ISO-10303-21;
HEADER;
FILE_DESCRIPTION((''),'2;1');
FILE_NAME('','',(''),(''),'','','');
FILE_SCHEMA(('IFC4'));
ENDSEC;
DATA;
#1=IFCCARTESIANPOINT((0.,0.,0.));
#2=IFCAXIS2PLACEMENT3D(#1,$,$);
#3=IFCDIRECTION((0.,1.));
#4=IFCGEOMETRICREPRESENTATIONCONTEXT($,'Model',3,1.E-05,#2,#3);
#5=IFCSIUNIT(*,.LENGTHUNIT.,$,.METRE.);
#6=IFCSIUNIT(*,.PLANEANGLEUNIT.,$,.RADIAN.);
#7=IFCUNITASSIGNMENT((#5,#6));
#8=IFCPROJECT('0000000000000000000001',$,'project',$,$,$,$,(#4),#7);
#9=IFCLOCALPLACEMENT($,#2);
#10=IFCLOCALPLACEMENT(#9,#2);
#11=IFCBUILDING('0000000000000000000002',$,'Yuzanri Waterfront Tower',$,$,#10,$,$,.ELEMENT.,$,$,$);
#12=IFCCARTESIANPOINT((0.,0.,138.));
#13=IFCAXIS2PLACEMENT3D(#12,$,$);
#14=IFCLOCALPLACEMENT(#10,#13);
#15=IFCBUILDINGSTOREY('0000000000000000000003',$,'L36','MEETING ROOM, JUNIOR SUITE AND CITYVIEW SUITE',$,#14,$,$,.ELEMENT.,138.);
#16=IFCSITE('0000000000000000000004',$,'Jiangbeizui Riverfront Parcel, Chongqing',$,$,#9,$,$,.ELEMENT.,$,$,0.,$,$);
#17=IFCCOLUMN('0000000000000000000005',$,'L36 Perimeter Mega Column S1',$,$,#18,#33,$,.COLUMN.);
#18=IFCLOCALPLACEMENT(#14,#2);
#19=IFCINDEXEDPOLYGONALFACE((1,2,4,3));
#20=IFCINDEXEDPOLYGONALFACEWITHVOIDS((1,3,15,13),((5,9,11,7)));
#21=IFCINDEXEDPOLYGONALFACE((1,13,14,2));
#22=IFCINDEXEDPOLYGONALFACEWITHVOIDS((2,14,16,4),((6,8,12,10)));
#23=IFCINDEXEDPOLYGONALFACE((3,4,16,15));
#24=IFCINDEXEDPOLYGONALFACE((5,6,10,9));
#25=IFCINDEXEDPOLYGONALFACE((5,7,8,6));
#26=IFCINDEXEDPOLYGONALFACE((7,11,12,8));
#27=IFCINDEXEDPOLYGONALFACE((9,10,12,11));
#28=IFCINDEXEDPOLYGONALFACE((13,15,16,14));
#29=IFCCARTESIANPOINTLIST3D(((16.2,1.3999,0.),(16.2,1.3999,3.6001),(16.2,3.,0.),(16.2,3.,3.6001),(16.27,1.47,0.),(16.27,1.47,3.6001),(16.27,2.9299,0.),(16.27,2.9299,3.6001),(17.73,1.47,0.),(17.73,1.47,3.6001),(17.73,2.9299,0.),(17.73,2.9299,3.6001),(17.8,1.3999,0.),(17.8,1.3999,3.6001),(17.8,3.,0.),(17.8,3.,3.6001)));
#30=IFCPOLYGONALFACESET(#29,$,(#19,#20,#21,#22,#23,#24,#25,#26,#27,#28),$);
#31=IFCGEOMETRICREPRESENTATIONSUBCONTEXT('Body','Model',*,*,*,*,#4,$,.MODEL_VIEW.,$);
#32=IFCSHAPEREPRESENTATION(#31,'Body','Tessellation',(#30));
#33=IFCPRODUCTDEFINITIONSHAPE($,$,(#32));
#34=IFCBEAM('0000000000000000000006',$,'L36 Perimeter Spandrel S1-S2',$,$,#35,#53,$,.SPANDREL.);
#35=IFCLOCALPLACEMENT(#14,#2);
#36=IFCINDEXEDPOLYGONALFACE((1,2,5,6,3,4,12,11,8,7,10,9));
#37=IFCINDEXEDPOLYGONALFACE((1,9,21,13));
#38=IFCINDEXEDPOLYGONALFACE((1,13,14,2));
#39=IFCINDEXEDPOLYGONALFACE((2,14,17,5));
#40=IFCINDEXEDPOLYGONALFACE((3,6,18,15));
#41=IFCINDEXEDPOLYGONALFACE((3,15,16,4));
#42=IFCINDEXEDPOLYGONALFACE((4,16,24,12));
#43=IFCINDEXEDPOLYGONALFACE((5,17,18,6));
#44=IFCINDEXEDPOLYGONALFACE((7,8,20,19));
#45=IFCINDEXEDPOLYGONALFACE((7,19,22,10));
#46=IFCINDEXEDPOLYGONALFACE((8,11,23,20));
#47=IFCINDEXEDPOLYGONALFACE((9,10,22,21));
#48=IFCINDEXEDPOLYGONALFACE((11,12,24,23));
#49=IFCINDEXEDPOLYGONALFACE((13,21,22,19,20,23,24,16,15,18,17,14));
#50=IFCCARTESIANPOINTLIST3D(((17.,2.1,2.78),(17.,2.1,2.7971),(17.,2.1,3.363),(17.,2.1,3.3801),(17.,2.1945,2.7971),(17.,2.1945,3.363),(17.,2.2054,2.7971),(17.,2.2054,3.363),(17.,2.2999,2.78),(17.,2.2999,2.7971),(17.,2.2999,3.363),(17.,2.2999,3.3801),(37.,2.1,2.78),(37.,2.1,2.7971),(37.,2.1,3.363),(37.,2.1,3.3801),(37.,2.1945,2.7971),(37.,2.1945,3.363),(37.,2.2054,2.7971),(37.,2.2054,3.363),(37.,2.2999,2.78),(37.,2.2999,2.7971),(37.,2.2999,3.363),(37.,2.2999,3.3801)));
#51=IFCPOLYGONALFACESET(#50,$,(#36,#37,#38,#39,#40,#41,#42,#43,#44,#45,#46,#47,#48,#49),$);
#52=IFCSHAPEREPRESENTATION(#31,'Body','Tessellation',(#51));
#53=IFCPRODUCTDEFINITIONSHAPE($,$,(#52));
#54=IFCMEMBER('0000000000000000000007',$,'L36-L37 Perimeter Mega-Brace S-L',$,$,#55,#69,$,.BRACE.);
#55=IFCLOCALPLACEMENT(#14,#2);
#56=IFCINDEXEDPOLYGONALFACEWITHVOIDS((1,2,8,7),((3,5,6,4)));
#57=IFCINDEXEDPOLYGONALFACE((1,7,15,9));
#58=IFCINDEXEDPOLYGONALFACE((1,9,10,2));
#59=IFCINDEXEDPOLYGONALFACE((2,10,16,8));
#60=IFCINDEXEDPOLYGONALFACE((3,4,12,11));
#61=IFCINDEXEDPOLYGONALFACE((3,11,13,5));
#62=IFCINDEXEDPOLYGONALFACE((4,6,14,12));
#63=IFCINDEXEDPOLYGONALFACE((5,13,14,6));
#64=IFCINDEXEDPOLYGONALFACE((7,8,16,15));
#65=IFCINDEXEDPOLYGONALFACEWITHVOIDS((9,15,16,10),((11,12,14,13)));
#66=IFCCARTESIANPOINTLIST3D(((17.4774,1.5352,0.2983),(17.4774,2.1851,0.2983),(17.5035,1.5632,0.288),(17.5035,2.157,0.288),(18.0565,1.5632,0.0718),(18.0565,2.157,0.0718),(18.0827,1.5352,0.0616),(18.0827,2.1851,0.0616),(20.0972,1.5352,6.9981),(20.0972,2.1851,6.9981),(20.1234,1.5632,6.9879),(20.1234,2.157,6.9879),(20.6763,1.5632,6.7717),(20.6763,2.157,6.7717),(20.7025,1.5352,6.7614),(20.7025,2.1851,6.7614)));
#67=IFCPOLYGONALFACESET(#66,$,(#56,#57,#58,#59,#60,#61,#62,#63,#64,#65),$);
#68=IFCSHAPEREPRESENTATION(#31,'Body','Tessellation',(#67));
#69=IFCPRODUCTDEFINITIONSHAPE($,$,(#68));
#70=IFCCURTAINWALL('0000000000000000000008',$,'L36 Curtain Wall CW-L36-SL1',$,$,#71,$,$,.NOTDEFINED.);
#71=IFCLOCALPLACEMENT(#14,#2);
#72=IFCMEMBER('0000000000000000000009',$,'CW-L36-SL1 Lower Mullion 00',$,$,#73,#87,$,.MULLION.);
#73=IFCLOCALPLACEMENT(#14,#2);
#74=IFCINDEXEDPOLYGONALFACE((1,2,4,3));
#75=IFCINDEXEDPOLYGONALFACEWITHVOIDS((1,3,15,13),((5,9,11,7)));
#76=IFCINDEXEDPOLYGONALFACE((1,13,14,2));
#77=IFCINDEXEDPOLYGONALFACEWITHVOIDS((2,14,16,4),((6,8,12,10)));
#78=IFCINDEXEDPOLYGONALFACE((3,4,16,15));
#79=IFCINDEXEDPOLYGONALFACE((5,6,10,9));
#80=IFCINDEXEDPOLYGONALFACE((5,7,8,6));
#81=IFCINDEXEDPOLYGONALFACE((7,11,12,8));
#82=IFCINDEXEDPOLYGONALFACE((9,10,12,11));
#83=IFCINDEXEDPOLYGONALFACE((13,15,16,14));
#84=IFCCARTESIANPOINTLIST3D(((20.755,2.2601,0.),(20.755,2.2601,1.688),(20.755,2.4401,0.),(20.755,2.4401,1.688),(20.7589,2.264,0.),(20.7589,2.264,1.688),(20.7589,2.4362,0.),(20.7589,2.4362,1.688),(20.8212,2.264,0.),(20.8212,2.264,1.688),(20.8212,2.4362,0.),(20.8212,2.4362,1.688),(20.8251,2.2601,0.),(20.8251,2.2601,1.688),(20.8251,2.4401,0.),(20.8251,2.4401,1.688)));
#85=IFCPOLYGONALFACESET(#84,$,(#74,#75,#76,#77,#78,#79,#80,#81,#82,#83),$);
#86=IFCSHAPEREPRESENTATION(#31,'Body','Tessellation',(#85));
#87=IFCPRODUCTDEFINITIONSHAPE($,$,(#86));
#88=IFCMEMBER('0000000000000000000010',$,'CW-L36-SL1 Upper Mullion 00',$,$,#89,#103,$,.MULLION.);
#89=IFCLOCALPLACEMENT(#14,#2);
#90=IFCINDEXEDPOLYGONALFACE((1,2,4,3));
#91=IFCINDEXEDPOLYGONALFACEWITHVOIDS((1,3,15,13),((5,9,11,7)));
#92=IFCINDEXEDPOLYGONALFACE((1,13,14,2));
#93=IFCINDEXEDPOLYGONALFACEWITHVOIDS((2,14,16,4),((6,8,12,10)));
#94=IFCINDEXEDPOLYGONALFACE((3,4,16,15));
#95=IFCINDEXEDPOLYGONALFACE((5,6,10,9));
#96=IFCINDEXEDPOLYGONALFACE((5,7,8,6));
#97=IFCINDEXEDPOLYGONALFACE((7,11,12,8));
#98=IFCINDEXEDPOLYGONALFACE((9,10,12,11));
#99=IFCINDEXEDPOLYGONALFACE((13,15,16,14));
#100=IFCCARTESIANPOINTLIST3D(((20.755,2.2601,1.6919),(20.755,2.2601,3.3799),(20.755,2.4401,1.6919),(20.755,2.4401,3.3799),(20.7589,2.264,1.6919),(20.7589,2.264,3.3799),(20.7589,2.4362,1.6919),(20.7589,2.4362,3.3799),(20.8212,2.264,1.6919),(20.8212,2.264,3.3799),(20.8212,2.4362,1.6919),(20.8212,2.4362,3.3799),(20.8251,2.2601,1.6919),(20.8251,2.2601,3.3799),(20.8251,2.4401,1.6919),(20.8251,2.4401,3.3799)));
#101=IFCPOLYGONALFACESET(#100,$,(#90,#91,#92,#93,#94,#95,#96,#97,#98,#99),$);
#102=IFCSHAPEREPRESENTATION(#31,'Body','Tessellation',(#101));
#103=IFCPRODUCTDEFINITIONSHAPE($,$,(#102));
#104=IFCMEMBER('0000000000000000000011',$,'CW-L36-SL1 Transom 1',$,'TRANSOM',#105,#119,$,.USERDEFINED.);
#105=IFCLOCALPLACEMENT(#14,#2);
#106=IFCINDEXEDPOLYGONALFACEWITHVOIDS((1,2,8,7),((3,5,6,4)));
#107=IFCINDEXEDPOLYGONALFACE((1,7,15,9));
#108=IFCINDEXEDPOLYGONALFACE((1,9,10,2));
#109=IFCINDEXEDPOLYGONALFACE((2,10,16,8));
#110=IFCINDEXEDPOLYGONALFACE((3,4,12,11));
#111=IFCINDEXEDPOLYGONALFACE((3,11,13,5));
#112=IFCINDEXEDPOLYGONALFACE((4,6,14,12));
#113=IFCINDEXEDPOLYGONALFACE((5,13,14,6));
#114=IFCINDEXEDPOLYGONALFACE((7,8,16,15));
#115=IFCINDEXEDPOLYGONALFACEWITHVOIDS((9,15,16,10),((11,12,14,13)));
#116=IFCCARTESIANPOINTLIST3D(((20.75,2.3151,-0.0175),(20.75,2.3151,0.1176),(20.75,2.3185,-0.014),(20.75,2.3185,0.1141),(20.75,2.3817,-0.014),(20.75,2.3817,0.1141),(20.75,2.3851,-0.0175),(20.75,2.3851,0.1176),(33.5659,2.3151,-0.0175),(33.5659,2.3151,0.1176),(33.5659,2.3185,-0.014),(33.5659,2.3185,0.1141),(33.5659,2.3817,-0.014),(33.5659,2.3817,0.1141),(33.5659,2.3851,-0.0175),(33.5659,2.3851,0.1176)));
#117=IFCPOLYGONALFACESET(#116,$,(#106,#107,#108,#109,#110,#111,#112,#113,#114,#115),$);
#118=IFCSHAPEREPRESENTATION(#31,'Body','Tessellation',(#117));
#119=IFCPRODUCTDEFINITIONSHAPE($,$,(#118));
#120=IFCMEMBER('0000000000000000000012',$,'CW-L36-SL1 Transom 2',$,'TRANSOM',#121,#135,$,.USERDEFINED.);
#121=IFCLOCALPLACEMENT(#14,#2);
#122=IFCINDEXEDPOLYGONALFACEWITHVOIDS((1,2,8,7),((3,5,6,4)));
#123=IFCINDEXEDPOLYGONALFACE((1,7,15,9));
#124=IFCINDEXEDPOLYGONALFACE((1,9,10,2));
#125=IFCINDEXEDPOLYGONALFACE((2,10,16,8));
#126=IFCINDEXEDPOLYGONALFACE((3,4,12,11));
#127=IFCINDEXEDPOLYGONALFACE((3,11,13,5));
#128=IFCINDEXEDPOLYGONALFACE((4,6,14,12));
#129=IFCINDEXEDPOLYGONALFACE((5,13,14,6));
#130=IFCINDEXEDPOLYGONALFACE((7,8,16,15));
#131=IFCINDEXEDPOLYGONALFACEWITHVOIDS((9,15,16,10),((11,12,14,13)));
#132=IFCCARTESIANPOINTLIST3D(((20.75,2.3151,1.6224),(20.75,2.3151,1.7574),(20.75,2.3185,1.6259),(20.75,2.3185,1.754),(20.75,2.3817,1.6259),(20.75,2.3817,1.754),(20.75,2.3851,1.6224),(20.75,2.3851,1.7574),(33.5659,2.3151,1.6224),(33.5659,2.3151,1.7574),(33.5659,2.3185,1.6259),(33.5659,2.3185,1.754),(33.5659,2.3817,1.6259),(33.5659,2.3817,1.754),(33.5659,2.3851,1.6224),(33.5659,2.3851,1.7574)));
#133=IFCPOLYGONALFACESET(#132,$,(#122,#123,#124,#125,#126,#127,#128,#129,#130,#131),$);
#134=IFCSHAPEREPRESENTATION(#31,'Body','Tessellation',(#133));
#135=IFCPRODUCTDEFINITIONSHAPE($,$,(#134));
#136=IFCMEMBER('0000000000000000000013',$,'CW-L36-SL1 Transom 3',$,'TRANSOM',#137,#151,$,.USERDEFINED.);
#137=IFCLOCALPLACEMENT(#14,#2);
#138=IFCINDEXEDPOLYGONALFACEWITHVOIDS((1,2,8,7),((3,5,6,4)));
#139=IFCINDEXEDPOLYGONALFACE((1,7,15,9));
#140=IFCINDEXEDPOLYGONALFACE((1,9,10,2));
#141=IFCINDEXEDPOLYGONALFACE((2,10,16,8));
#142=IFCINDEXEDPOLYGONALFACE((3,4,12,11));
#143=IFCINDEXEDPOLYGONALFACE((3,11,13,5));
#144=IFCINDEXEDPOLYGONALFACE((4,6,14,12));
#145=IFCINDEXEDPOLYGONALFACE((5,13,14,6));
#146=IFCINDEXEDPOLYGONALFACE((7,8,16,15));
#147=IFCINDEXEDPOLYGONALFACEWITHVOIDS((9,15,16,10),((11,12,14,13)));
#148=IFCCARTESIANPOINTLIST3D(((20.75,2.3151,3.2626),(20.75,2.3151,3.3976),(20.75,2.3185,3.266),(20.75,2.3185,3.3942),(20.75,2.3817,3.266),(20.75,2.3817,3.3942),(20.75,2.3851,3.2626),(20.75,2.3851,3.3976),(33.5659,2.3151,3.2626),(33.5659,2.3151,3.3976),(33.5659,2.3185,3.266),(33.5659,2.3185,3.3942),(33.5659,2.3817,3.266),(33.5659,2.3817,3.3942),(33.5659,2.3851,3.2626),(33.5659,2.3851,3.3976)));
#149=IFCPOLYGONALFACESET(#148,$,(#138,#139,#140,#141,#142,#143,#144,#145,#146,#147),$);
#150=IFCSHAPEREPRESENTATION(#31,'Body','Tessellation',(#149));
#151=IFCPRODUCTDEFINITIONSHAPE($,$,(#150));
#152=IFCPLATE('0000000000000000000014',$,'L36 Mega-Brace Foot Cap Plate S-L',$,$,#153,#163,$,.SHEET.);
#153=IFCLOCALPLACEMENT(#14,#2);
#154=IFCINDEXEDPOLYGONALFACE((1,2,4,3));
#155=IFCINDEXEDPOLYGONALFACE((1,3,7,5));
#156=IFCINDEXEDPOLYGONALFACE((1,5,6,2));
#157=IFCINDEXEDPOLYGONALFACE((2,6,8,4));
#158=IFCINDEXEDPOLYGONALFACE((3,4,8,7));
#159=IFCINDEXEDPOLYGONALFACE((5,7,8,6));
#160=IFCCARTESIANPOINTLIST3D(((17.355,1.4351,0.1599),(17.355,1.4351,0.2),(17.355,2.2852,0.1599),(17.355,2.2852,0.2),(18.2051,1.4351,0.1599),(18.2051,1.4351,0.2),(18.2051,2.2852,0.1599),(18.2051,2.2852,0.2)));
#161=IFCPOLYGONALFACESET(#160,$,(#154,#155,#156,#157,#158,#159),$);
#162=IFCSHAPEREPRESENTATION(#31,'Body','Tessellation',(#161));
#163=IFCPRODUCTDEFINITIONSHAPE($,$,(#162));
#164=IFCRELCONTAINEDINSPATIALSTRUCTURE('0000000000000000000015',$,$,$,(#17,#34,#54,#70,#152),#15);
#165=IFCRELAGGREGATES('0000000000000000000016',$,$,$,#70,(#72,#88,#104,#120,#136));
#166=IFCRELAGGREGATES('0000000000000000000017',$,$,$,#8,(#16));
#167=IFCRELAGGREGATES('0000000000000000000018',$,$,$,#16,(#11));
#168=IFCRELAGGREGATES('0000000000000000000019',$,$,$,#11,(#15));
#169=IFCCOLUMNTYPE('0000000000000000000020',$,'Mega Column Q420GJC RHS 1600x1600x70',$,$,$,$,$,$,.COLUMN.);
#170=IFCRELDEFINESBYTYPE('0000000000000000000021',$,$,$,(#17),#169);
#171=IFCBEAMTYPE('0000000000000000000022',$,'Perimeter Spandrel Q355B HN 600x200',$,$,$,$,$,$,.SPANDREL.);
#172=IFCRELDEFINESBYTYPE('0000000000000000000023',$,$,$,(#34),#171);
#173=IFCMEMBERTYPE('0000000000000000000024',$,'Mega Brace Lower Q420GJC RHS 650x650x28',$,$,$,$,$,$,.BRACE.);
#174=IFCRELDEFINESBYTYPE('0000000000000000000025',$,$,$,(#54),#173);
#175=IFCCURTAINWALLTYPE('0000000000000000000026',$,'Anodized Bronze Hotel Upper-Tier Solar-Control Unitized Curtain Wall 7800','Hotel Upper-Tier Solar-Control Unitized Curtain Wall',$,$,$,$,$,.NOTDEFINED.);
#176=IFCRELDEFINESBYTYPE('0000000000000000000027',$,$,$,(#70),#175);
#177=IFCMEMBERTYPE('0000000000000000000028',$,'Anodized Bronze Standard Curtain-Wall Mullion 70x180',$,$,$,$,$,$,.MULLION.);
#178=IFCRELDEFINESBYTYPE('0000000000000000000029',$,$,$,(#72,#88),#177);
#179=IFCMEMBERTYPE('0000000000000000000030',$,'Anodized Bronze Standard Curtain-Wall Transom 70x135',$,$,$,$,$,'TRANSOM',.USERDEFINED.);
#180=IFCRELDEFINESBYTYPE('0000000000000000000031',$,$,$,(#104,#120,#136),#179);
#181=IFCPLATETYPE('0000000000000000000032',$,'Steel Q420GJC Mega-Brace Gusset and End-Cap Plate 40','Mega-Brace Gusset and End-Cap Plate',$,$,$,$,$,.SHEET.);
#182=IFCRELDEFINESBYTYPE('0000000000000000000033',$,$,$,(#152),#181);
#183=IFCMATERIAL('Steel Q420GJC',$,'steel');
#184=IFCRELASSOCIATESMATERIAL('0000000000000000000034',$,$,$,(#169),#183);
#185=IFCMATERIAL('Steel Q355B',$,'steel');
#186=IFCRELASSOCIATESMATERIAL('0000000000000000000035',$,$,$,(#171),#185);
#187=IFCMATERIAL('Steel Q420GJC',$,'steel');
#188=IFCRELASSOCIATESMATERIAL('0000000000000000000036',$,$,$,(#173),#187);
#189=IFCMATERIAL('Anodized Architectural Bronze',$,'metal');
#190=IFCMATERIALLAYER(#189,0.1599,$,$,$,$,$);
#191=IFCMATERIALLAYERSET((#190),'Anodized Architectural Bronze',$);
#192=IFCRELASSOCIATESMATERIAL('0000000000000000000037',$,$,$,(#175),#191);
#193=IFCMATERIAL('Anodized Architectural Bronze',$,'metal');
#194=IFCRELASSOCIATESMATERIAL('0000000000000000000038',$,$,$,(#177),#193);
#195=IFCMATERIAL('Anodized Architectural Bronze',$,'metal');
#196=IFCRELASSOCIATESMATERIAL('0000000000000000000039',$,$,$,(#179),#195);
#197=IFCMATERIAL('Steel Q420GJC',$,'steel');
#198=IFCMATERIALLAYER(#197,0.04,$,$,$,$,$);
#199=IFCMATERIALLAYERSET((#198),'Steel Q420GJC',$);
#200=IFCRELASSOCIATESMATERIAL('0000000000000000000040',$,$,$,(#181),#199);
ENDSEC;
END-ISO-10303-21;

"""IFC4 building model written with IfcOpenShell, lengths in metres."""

from ifc_helpers import new_model, si_unit, direction, frame, origin, origin_2d, place, context, subcontext, project, spatial, rectangle, hollow_rectangle, i_section, extrude, source, transform, mapped, material, layer, layer_set, material_profile, profile_set, type_object, element, aggregate, save


model = new_model("IFC4")

# Units and contexts
model_context = context("Model", 3, precision=1e-05, world=origin(), true_north=direction((0.0, 1.0)))
body_context = subcontext(model_context, "Body", "Model", "MODEL_VIEW")
ifc_project = project(units=[si_unit("LENGTHUNIT", "METRE"), si_unit("PLANEANGLEUNIT", "RADIAN")], contexts=[model_context])

# Site, building, storey
site_placement = place(None, origin())
site = spatial("IfcSite", under=ifc_project, at=site_placement, Name="Jiangbeizui Riverfront Parcel, Chongqing", CompositionType="ELEMENT", RefElevation=0.0)
building_placement = place(site_placement, origin())
building = spatial("IfcBuilding", under=site, at=building_placement, Name="Yuzanri Waterfront Tower", CompositionType="ELEMENT")
storey_placement = place(building_placement, frame((0.0, 0.0, 138.0)))
storey = spatial("IfcBuildingStorey", under=building, at=storey_placement, Name="L36", Description="MEETING ROOM, JUNIOR SUITE AND CITYVIEW SUITE", CompositionType="ELEMENT", Elevation=138.0)

# Column
ifc_material_1 = material(Name="Steel Q420GJC", Category="steel")
ifc_material_profile_1 = material_profile(ifc_material_1, hollow_rectangle(XDim=1.6001, YDim=1.6001, WallThickness=0.0701, at=origin_2d()), Name="RHS 1600x1600x70")
ifc_profile_set_1 = profile_set([ifc_material_profile_1], Name="Steel Q420GJC")
column_type = type_object("IfcColumnType", Name="Mega Column Q420GJC RHS 1600x1600x70", PredefinedType="COLUMN", material=ifc_profile_set_1)
shared_shape_1 = source(origin(), body_context, "Body", "SweptSolid", [
    extrude(hollow_rectangle(XDim=1.6001, YDim=1.6001, WallThickness=0.0701, at=origin_2d()), origin(), (0.0, 0.0, 1.0), 3.6001),
])
column_placement = place(storey_placement, frame((17.0, 2.2, 0.0), z_axis=(0.0, 0.0, 1.0), x_axis=(1.0, 0.0, 0.0)))
element("IfcColumn", 1, at=column_placement, inside=storey, type_object=column_type, Name="L36 Perimeter Mega Column S1", PredefinedType="COLUMN", context=body_context, shape_type="MappedRepresentation", body=[
    mapped(shared_shape_1, transform((0.0, 0.0, 0.0), scale=1.0)),
])

# Beam
ifc_material_2 = material(Name="Steel Q355B", Category="steel")
ifc_material_profile_2 = material_profile(ifc_material_2, i_section(OverallWidth=0.2, OverallDepth=0.6001, WebThickness=0.011, FlangeThickness=0.0171, at=origin_2d()), Name="HN 600x200x11x17")
ifc_profile_set_2 = profile_set([ifc_material_profile_2], Name="Steel Q355B")
beam_type = type_object("IfcBeamType", Name="Perimeter Spandrel Q355B HN 600x200", PredefinedType="SPANDREL", material=ifc_profile_set_2)
shared_shape_2 = source(origin(), body_context, "Body", "SweptSolid", [
    extrude(i_section(OverallWidth=0.2, OverallDepth=0.6001, WebThickness=0.011, FlangeThickness=0.0171, at=origin_2d()), origin(), (0.0, 0.0, 1.0), 20.0),
])
beam_placement = place(storey_placement, frame((17.0, 2.2, 3.0801), z_axis=(1.0, 0.0, 0.0), x_axis=(0.0, 1.0, 0.0)))
element("IfcBeam", 2, at=beam_placement, inside=storey, type_object=beam_type, Name="L36 Perimeter Spandrel S1-S2", PredefinedType="SPANDREL", context=body_context, shape_type="MappedRepresentation", body=[
    mapped(shared_shape_2, transform((0.0, 0.0, 0.0), scale=1.0)),
])

# Member
ifc_material_3 = material(Name="Steel Q420GJC", Category="steel")
ifc_material_profile_3 = material_profile(ifc_material_3, hollow_rectangle(XDim=0.6499, YDim=0.6499, WallThickness=0.0281, at=origin_2d()), Name="RHS 650x650x28")
ifc_profile_set_3 = profile_set([ifc_material_profile_3], Name="Steel Q420GJC")
member_type_1 = type_object("IfcMemberType", Name="Mega Brace Lower Q420GJC RHS 650x650x28", PredefinedType="BRACE", material=ifc_profile_set_3)
shared_shape_3 = source(origin(), body_context, "Body", "SweptSolid", [
    extrude(hollow_rectangle(XDim=0.6499, YDim=0.6499, WallThickness=0.0281, at=origin_2d()), origin(), (0.0, 0.0, 1.0), 7.1938),
])
member_1_placement = place(storey_placement, frame((17.78, 1.8601, 0.1799), z_axis=(0.364177, 0.0, 0.93133), x_axis=(0.0, 1.0, 0.0)))
element("IfcMember", 3, at=member_1_placement, inside=storey, type_object=member_type_1, Name="L36-L37 Perimeter Mega-Brace S-L", PredefinedType="BRACE", context=body_context, shape_type="MappedRepresentation", body=[
    mapped(shared_shape_3, transform((0.0, 0.0, 0.0), scale=1.0)),
])

# Curtain wall, members
ifc_material_4 = material(Name="Anodized Architectural Bronze", Category="metal")
ifc_layer_1 = layer(ifc_material_4, 0.1599)
ifc_layer_set_1 = layer_set([ifc_layer_1], Name="Anodized Architectural Bronze")
curtain_wall_type = type_object("IfcCurtainWallType", Name="Anodized Bronze Hotel Upper-Tier Solar-Control Unitized Curtain Wall 7800", Description="Hotel Upper-Tier Solar-Control Unitized Curtain Wall", PredefinedType="NOTDEFINED", material=ifc_layer_set_1)
curtain_wall_1_placement = place(storey_placement, origin())
curtain_wall_1 = element("IfcCurtainWall", 4, at=curtain_wall_1_placement, inside=storey, type_object=curtain_wall_type, Name="L36 Curtain Wall CW-L36-SL1", PredefinedType="NOTDEFINED")
ifc_material_5 = material(Name="Anodized Architectural Bronze", Category="metal")
ifc_material_profile_4 = material_profile(ifc_material_5, hollow_rectangle(XDim=0.0701, YDim=0.1799, WallThickness=0.0039, at=origin_2d()), Name="CWM 70x180")
ifc_profile_set_4 = profile_set([ifc_material_profile_4], Name="Anodized Architectural Bronze")
member_type_2 = type_object("IfcMemberType", Name="Anodized Bronze Standard Curtain-Wall Mullion 70x180", PredefinedType="MULLION", material=ifc_profile_set_4)
shared_shape_4 = source(origin(), body_context, "Body", "SweptSolid", [
    extrude(hollow_rectangle(XDim=0.0701, YDim=0.1799, WallThickness=0.0039, at=origin_2d()), origin(), (0.0, 0.0, 1.0), 1.688),
])
member_2_placement = place(storey_placement, frame((20.79, 2.3501, 0.0), z_axis=(0.0, 0.0, 1.0), x_axis=(1.0, 0.0, 0.0)))
member_2 = element("IfcMember", 5, at=member_2_placement, type_object=member_type_2, Name="CW-L36-SL1 Lower Mullion 00", PredefinedType="MULLION", context=body_context, shape_type="MappedRepresentation", body=[
    mapped(shared_shape_4, transform((0.0, 0.0, 0.0), scale=1.0)),
])
member_3_placement = place(storey_placement, frame((20.79, 2.3501, 1.6919), z_axis=(0.0, 0.0, 1.0), x_axis=(1.0, 0.0, 0.0)))
member_3 = element("IfcMember", 6, at=member_3_placement, type_object=member_type_2, Name="CW-L36-SL1 Upper Mullion 00", PredefinedType="MULLION", context=body_context, shape_type="MappedRepresentation", body=[
    mapped(shared_shape_4, transform((0.0, 0.0, 0.0), scale=1.0)),
])
ifc_material_6 = material(Name="Anodized Architectural Bronze", Category="metal")
ifc_material_profile_5 = material_profile(ifc_material_6, hollow_rectangle(XDim=0.0701, YDim=0.135, WallThickness=0.0034, at=origin_2d()), Name="CWT 70x135")
ifc_profile_set_5 = profile_set([ifc_material_profile_5], Name="Anodized Architectural Bronze")
member_type_3 = type_object("IfcMemberType", Name="Anodized Bronze Standard Curtain-Wall Transom 70x135", ElementType="TRANSOM", PredefinedType="USERDEFINED", material=ifc_profile_set_5)
shared_shape_5 = source(origin(), body_context, "Body", "SweptSolid", [
    extrude(hollow_rectangle(XDim=0.0701, YDim=0.135, WallThickness=0.0034, at=origin_2d()), origin(), (0.0, 0.0, 1.0), 12.8159),
])
member_4_placement = place(storey_placement, frame((20.75, 2.3501, 0.05), z_axis=(1.0, 0.0, 0.0), x_axis=(0.0, 1.0, 0.0)))
member_4 = element("IfcMember", 7, at=member_4_placement, type_object=member_type_3, Name="CW-L36-SL1 Transom 1", ObjectType="TRANSOM", PredefinedType="USERDEFINED", context=body_context, shape_type="MappedRepresentation", body=[
    mapped(shared_shape_5, transform((0.0, 0.0, 0.0), scale=1.0)),
])
member_5_placement = place(storey_placement, frame((20.75, 2.3501, 1.6899), z_axis=(1.0, 0.0, 0.0), x_axis=(0.0, 1.0, 0.0)))
member_5 = element("IfcMember", 8, at=member_5_placement, type_object=member_type_3, Name="CW-L36-SL1 Transom 2", ObjectType="TRANSOM", PredefinedType="USERDEFINED", context=body_context, shape_type="MappedRepresentation", body=[
    mapped(shared_shape_5, transform((0.0, 0.0, 0.0), scale=1.0)),
])
member_6_placement = place(storey_placement, frame((20.75, 2.3501, 3.3301), z_axis=(1.0, 0.0, 0.0), x_axis=(0.0, 1.0, 0.0)))
member_6 = element("IfcMember", 9, at=member_6_placement, type_object=member_type_3, Name="CW-L36-SL1 Transom 3", ObjectType="TRANSOM", PredefinedType="USERDEFINED", context=body_context, shape_type="MappedRepresentation", body=[
    mapped(shared_shape_5, transform((0.0, 0.0, 0.0), scale=1.0)),
])
aggregate(curtain_wall_1, [member_2, member_3, member_4, member_5, member_6])

# Plate
ifc_material_7 = material(Name="Steel Q420GJC", Category="steel")
ifc_layer_2 = layer(ifc_material_7, 0.04)
ifc_layer_set_2 = layer_set([ifc_layer_2], Name="Steel Q420GJC")
plate_type_1 = type_object("IfcPlateType", Name="Steel Q420GJC Mega-Brace Gusset and End-Cap Plate 40", Description="Mega-Brace Gusset and End-Cap Plate", PredefinedType="SHEET", material=ifc_layer_set_2)
shared_shape_6 = source(origin(), body_context, "Body", "SweptSolid", [
    extrude(rectangle(XDim=0.8501, YDim=0.8501, at=origin_2d()), origin(), (0.0, 0.0, 1.0), 0.04),
])
plate_1_placement = place(storey_placement, frame((17.78, 1.8601, 0.1599), z_axis=(0.0, 0.0, 1.0), x_axis=(1.0, 0.0, 0.0)))
element("IfcPlate", 10, at=plate_1_placement, inside=storey, type_object=plate_type_1, Name="L36 Mega-Brace Foot Cap Plate S-L", PredefinedType="SHEET", context=body_context, shape_type="MappedRepresentation", body=[
    mapped(shared_shape_6, transform((0.0, 0.0, 0.0), scale=1.0)),
])

save(model, "model.ifc")
